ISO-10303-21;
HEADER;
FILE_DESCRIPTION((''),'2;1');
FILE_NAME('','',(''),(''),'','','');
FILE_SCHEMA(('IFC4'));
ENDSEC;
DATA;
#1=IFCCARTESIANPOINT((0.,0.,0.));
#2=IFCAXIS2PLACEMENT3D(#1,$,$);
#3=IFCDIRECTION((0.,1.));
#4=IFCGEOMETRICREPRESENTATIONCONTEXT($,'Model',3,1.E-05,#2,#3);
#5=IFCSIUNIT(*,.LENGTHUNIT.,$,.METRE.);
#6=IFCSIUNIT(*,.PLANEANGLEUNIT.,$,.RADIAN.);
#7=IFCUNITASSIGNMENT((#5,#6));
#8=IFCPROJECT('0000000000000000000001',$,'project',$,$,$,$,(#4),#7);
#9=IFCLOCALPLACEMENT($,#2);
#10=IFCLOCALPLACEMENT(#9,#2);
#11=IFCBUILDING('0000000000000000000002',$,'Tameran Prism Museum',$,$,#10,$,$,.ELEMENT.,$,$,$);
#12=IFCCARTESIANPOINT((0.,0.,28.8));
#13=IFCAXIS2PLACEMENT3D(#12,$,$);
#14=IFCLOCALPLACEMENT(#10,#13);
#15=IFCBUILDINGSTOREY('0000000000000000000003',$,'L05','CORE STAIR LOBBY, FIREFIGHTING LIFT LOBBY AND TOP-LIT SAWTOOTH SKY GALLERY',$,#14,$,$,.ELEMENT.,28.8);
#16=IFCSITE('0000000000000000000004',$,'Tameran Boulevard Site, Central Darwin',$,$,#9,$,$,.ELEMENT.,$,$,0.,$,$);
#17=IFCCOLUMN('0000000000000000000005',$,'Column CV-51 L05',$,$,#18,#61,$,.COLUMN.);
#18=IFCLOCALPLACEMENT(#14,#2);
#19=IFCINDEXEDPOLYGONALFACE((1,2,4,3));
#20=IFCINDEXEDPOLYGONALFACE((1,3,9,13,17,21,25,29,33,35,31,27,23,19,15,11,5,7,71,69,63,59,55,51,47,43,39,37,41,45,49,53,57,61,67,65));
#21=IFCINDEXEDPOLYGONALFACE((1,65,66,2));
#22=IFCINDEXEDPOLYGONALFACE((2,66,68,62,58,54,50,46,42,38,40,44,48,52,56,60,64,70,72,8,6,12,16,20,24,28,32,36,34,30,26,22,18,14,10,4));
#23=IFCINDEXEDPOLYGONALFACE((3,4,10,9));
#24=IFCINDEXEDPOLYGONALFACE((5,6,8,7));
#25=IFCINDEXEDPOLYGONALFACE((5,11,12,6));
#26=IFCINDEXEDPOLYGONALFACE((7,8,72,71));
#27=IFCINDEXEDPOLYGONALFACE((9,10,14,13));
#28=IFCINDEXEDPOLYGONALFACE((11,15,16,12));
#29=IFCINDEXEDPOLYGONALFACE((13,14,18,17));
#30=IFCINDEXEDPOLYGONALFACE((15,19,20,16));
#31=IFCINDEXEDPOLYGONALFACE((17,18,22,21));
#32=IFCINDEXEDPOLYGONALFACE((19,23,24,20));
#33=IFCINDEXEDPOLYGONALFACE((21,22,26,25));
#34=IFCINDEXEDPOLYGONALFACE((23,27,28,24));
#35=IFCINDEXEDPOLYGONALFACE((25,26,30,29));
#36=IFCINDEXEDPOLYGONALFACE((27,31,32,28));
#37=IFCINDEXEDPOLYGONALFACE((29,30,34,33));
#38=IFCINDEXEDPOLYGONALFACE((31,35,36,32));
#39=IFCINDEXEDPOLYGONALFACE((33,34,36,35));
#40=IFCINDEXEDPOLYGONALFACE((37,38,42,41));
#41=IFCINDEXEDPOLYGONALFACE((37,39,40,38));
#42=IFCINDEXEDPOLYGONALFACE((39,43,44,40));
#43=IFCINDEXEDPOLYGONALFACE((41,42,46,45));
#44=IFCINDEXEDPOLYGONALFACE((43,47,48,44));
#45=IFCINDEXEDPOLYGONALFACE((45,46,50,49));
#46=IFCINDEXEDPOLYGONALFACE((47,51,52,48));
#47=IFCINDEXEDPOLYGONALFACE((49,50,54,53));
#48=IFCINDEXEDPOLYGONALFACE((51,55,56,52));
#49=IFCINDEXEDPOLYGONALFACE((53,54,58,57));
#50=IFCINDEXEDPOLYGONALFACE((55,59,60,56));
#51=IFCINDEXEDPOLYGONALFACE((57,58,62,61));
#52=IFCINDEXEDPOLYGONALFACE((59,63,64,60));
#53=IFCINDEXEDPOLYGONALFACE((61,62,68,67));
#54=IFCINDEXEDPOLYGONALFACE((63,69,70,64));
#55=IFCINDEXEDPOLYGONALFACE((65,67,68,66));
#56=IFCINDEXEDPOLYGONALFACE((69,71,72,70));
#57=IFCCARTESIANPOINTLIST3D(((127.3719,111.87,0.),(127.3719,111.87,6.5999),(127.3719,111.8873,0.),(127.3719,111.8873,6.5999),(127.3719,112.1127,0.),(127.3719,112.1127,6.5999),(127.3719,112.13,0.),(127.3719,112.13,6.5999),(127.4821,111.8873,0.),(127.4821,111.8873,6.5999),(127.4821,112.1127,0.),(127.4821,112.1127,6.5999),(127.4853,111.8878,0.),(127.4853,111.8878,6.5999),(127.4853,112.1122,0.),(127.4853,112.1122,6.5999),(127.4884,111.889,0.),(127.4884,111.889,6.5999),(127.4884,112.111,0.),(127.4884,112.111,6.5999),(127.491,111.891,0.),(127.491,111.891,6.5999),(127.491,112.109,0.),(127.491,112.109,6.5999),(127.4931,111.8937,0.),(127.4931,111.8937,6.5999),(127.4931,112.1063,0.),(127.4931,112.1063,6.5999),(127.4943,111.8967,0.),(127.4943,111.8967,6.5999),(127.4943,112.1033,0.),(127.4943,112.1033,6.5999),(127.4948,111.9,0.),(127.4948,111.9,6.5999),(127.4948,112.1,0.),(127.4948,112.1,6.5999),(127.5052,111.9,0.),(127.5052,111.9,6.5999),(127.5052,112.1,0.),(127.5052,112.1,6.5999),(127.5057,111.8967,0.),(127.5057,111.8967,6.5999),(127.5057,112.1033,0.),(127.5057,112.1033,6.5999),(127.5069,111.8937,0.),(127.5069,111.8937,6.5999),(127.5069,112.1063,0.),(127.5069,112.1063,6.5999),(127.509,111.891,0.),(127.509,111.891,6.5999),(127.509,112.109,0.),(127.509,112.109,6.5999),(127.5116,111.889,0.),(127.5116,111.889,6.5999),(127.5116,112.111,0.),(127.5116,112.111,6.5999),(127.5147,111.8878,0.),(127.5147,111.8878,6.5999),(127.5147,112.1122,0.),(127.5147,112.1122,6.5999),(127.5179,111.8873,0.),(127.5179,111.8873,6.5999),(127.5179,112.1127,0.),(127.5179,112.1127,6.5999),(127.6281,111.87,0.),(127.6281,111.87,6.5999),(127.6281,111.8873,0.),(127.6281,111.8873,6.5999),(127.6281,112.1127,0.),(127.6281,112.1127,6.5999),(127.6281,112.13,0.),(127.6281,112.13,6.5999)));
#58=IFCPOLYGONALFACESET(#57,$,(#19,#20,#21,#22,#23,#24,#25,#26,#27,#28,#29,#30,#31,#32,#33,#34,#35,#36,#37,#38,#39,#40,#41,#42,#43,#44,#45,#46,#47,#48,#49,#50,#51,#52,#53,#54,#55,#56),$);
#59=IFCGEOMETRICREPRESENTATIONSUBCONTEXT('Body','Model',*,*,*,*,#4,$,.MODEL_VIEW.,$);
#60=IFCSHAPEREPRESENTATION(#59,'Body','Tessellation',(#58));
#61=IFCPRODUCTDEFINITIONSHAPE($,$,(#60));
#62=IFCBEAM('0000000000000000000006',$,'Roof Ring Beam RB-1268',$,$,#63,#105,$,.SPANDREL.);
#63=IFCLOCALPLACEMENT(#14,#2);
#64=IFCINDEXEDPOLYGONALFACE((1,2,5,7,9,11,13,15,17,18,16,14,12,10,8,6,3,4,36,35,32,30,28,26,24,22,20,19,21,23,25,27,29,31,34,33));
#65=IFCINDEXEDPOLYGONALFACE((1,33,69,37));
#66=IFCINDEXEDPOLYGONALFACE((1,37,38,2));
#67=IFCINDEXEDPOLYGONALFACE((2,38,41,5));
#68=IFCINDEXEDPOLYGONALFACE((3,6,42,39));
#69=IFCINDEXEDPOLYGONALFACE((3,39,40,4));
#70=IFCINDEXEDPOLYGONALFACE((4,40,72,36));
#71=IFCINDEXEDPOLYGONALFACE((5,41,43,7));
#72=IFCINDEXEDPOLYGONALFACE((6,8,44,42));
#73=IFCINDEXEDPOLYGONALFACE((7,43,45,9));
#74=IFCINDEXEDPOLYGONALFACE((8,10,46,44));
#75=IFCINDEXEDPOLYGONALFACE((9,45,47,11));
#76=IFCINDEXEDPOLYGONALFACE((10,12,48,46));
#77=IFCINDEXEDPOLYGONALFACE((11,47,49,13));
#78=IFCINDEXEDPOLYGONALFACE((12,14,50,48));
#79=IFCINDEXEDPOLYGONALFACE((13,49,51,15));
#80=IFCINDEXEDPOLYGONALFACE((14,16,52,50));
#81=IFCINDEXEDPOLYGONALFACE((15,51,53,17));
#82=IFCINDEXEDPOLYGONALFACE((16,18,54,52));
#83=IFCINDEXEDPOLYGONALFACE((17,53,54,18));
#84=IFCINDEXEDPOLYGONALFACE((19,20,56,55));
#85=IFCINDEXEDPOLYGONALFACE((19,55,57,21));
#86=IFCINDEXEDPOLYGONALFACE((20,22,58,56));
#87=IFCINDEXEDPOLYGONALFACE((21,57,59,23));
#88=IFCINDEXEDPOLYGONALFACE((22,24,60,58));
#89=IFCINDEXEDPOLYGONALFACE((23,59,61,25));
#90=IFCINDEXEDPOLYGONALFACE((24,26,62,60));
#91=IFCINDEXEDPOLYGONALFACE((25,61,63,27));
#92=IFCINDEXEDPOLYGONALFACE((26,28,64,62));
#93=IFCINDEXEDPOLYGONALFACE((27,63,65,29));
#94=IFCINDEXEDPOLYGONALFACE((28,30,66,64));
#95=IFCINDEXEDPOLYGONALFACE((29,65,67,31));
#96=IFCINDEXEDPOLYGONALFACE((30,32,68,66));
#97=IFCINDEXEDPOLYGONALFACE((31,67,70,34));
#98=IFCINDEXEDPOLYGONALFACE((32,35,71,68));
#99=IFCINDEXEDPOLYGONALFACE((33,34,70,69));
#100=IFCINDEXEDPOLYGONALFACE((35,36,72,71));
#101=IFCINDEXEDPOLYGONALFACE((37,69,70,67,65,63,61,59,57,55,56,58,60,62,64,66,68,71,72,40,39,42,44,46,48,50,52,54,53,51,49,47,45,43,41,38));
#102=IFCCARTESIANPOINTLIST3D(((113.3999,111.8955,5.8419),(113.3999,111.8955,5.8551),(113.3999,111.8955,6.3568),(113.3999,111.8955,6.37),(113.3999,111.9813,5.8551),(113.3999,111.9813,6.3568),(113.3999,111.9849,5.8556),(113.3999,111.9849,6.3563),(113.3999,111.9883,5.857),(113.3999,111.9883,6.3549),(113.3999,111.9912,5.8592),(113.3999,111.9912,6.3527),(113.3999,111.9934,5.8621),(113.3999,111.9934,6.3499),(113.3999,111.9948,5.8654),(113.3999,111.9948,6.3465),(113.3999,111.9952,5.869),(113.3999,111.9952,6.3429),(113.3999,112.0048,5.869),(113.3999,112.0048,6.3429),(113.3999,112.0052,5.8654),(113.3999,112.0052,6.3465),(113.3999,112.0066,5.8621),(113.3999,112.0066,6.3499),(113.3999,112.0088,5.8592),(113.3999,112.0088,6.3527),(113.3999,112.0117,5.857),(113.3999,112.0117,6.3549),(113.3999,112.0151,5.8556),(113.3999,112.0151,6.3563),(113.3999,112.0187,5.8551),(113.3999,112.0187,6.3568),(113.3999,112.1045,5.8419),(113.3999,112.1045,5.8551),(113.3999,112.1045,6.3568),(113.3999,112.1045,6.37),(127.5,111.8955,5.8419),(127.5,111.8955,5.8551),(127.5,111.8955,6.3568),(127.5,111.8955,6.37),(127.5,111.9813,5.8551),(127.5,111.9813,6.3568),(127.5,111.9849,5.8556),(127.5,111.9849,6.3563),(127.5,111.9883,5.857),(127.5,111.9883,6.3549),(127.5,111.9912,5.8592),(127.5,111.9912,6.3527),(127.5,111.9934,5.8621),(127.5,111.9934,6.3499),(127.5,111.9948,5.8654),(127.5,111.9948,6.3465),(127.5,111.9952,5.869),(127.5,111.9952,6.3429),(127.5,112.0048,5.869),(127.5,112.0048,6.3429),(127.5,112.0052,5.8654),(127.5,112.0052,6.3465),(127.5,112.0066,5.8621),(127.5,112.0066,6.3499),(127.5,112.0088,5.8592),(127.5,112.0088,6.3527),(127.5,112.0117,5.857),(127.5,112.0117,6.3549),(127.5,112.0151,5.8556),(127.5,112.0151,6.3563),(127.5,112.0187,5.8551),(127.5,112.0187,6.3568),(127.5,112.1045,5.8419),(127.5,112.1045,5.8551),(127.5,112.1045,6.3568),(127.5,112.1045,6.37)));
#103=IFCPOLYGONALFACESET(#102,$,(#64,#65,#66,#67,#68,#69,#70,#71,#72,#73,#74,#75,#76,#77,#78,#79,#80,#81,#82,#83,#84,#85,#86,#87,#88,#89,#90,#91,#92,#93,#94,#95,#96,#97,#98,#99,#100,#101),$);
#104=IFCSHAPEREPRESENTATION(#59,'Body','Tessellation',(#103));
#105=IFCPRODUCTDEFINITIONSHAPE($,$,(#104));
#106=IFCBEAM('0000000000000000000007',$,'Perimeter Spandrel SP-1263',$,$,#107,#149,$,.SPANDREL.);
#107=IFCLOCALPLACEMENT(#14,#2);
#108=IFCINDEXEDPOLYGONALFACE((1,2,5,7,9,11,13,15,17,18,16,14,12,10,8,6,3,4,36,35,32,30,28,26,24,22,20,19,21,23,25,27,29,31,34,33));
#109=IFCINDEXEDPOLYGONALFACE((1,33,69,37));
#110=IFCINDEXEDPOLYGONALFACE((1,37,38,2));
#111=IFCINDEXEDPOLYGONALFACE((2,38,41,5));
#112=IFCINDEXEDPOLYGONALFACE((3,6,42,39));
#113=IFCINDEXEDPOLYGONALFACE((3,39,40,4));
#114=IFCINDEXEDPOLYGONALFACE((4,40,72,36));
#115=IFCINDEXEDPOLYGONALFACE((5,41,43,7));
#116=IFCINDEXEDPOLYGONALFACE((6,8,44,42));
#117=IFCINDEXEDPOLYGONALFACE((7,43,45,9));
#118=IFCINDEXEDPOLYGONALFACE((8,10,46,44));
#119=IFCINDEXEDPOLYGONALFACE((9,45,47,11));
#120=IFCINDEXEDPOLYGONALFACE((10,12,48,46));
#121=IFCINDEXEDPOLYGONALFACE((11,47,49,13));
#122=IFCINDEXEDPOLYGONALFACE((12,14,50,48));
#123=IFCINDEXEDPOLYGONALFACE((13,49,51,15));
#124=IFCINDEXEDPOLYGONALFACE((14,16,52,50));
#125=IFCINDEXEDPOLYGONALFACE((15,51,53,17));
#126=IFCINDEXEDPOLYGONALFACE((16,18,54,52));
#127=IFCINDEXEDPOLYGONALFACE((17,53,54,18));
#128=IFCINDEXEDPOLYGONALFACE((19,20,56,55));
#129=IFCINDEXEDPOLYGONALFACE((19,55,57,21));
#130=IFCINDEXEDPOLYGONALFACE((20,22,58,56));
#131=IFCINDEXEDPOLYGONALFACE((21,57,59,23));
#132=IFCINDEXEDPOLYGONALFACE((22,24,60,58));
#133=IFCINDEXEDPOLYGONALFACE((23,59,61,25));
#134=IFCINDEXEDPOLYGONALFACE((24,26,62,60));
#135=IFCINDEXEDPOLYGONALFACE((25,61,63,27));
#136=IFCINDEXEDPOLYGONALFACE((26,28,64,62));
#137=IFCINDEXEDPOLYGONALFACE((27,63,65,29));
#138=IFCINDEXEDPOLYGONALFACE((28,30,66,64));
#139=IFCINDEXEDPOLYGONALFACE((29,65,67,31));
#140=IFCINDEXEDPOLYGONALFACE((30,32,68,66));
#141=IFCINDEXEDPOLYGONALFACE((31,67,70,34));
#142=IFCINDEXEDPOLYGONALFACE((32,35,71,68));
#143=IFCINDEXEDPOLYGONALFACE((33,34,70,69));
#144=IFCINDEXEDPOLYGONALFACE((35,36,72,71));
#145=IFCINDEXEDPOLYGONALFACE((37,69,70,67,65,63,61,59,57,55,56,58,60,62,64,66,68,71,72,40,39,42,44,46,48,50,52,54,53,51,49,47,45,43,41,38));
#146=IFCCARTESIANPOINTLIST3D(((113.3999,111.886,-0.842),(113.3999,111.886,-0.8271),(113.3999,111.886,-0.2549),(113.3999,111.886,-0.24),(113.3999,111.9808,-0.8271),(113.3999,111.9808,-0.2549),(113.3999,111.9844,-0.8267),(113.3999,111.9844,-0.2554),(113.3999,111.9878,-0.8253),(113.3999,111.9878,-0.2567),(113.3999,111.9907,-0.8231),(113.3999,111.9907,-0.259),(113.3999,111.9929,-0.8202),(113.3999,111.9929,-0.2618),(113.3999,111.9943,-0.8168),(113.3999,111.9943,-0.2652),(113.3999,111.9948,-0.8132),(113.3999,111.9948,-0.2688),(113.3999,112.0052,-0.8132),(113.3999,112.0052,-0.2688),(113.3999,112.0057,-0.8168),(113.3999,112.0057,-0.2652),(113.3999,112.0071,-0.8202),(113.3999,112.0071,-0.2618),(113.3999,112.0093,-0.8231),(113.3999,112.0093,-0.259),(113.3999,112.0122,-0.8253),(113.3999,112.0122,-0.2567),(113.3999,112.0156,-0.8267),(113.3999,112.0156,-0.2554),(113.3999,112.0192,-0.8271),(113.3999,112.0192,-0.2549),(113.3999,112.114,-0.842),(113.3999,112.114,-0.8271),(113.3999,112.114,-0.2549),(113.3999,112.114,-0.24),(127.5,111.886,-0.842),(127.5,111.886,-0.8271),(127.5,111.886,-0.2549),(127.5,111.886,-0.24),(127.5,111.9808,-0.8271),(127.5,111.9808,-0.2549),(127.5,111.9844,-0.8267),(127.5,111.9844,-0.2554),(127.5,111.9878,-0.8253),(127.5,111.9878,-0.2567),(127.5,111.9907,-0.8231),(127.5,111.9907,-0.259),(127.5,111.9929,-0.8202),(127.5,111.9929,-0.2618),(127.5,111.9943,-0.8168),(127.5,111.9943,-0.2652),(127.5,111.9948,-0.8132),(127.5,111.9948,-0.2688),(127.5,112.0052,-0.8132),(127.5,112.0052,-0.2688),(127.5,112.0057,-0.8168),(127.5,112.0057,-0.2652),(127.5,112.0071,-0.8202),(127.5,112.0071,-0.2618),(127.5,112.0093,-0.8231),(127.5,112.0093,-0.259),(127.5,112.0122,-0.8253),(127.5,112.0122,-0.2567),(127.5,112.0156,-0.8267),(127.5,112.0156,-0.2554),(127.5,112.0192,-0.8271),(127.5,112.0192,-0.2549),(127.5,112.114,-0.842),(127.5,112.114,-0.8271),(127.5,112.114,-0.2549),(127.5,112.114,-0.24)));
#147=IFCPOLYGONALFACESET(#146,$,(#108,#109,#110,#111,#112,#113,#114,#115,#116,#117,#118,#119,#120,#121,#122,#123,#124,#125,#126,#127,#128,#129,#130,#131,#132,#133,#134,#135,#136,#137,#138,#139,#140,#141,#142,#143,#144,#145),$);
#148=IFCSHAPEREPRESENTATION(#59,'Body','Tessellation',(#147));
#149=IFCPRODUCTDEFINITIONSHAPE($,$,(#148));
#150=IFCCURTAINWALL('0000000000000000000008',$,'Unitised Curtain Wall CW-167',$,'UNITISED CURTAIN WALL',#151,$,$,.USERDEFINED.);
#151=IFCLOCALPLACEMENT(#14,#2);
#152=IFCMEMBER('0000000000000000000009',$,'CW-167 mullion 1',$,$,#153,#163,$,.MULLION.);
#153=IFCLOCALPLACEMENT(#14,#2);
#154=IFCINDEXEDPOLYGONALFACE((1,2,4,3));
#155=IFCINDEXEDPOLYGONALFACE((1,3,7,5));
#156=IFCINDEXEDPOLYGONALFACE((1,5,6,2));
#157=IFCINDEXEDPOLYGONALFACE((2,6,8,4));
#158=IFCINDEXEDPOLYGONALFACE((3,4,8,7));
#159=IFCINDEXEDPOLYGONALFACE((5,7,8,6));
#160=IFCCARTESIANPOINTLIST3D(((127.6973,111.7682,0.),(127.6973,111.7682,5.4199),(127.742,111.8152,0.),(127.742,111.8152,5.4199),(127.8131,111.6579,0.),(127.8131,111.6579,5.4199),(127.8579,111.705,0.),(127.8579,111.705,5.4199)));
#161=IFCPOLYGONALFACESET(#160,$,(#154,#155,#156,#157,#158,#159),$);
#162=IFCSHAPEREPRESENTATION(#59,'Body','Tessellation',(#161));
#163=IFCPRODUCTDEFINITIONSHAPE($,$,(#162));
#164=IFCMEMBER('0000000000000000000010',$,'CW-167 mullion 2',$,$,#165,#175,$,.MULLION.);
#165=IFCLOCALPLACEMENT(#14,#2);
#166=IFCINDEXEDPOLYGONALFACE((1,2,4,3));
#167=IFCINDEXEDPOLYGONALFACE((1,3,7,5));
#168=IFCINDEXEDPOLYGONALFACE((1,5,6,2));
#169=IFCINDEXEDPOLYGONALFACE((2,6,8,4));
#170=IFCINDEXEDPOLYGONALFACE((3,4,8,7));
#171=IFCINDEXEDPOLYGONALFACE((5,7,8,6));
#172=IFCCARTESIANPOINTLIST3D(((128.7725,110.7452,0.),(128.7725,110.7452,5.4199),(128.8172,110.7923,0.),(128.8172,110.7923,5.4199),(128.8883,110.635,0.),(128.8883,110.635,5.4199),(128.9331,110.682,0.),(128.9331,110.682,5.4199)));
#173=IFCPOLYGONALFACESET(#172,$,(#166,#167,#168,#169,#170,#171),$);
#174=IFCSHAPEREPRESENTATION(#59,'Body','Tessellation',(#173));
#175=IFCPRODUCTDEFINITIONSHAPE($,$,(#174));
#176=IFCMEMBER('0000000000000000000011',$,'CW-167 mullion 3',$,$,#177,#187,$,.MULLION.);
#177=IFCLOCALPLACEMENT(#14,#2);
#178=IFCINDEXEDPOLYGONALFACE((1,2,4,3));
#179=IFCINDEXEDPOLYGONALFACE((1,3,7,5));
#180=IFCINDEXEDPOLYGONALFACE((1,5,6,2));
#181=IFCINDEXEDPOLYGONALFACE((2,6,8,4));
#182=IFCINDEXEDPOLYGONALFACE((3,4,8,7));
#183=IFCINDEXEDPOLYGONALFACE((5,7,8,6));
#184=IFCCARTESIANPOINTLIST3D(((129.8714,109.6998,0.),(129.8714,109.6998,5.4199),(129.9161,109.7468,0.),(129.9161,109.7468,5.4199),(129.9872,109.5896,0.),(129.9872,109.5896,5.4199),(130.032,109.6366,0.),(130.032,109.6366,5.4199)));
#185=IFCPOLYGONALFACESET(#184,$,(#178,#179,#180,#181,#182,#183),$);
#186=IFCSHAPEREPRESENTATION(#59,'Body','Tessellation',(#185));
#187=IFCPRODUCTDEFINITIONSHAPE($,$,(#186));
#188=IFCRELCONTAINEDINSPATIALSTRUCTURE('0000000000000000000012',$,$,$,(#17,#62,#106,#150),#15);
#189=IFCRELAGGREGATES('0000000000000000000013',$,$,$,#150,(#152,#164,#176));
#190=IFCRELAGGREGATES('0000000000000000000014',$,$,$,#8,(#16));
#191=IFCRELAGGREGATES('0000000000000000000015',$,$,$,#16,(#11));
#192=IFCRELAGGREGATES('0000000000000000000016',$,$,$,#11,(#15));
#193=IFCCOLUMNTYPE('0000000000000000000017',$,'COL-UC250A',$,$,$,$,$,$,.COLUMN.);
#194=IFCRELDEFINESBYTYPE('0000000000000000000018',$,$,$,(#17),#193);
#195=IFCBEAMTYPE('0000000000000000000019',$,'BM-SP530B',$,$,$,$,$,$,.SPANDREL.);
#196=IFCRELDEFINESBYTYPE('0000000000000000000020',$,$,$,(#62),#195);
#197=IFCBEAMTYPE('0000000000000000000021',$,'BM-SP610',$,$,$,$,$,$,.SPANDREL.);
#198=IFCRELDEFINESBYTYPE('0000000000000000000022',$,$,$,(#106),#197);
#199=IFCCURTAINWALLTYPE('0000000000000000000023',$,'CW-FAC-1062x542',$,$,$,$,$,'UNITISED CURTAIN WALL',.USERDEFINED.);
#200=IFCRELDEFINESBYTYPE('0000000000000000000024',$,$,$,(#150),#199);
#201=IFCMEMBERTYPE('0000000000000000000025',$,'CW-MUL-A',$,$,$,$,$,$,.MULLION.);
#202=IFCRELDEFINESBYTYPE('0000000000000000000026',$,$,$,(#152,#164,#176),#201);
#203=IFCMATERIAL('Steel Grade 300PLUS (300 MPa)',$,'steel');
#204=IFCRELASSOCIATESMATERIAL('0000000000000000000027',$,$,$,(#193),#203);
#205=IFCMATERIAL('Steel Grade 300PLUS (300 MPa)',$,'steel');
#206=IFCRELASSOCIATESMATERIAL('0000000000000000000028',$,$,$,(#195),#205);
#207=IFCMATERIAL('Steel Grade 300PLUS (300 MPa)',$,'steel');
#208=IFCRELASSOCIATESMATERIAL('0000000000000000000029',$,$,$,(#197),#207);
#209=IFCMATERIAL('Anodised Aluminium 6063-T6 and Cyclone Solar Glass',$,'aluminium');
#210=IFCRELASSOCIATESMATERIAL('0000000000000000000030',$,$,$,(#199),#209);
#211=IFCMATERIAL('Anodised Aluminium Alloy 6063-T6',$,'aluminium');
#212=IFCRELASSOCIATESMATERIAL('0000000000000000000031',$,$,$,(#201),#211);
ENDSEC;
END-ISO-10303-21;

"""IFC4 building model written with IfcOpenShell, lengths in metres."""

from ifc_helpers import new_model, si_unit, direction, frame, origin, origin_2d, place, context, subcontext, project, spatial, rectangle, i_section, extrude, material, material_profile, profile_set, type_object, element, aggregate, save


model = new_model("IFC4")

# Units and contexts
model_context = context("Model", 3, precision=1e-05, world=origin(), true_north=direction((0.0, 1.0)))
body_context = subcontext(model_context, "Body", "Model", "MODEL_VIEW")
ifc_project = project(units=[si_unit("LENGTHUNIT", "METRE"), si_unit("PLANEANGLEUNIT", "RADIAN")], contexts=[model_context])

# Site, building, storey
site_placement = place(None, origin())
site = spatial("IfcSite", under=ifc_project, at=site_placement, Name="Tameran Boulevard Site, Central Darwin", CompositionType="ELEMENT", RefElevation=0.0)
building_placement = place(site_placement, origin())
building = spatial("IfcBuilding", under=site, at=building_placement, Name="Tameran Prism Museum", CompositionType="ELEMENT")
storey_placement = place(building_placement, frame((0.0, 0.0, 28.8)))
storey = spatial("IfcBuildingStorey", under=building, at=storey_placement, Name="L05", Description="CORE STAIR LOBBY, FIREFIGHTING LIFT LOBBY AND TOP-LIT SAWTOOTH SKY GALLERY", CompositionType="ELEMENT", Elevation=28.8)

# Column
ifc_material_1 = material(Name="Steel Grade 300PLUS (300 MPa)", Category="steel")
ifc_material_profile_1 = material_profile(ifc_material_1, i_section(OverallWidth=0.2561, OverallDepth=0.26, WebThickness=0.0105, FlangeThickness=0.0173, FilletRadius=0.0127, at=origin_2d()))
ifc_profile_set_1 = profile_set([ifc_material_profile_1])
column_type = type_object("IfcColumnType", Name="COL-UC250A", PredefinedType="COLUMN", material=ifc_profile_set_1)
column_placement = place(storey_placement, frame((127.5, 112.0, 0.0), z_axis=(0.0, 0.0, 1.0), x_axis=(1.0, 0.0, 0.0)))
element("IfcColumn", 1, at=column_placement, inside=storey, type_object=column_type, Name="Column CV-51 L05", PredefinedType="COLUMN", context=body_context, shape_type="SweptSolid", body=[
    extrude(i_section(OverallWidth=0.2561, OverallDepth=0.26, WebThickness=0.0105, FlangeThickness=0.0173, FilletRadius=0.0127, at=origin_2d()), origin(), (0.0, 0.0, 1.0), 6.5999),
])

# Beams
ifc_material_2 = material(Name="Steel Grade 300PLUS (300 MPa)", Category="steel")
ifc_material_profile_2 = material_profile(ifc_material_2, i_section(OverallWidth=0.209, OverallDepth=0.5281, WebThickness=0.0095, FlangeThickness=0.0132, FilletRadius=0.0139, at=origin_2d()))
ifc_profile_set_2 = profile_set([ifc_material_profile_2])
beam_type_1 = type_object("IfcBeamType", Name="BM-SP530B", PredefinedType="SPANDREL", material=ifc_profile_set_2)
beam_1_placement = place(storey_placement, frame((127.5, 112.0, 6.106), z_axis=(-1.0, 0.0, 0.0), x_axis=(0.0, -1.0, 0.0)))
element("IfcBeam", 2, at=beam_1_placement, inside=storey, type_object=beam_type_1, Name="Roof Ring Beam RB-1268", PredefinedType="SPANDREL", context=body_context, shape_type="SweptSolid", body=[
    extrude(i_section(OverallWidth=0.209, OverallDepth=0.5281, WebThickness=0.0095, FlangeThickness=0.0132, FilletRadius=0.0139, at=origin_2d()), origin(), (0.0, 0.0, 1.0), 14.1001),
])
ifc_material_3 = material(Name="Steel Grade 300PLUS (300 MPa)", Category="steel")
ifc_material_profile_3 = material_profile(ifc_material_3, i_section(OverallWidth=0.228, OverallDepth=0.6021, WebThickness=0.0105, FlangeThickness=0.0149, FilletRadius=0.0139, at=origin_2d()))
ifc_profile_set_3 = profile_set([ifc_material_profile_3])
beam_type_2 = type_object("IfcBeamType", Name="BM-SP610", PredefinedType="SPANDREL", material=ifc_profile_set_3)
beam_2_placement = place(storey_placement, frame((127.5, 112.0, -0.541), z_axis=(-1.0, 0.0, 0.0), x_axis=(0.0, -1.0, 0.0)))
element("IfcBeam", 3, at=beam_2_placement, inside=storey, type_object=beam_type_2, Name="Perimeter Spandrel SP-1263", PredefinedType="SPANDREL", context=body_context, shape_type="SweptSolid", body=[
    extrude(i_section(OverallWidth=0.228, OverallDepth=0.6021, WebThickness=0.0105, FlangeThickness=0.0149, FilletRadius=0.0139, at=origin_2d()), origin(), (0.0, 0.0, 1.0), 14.1001),
])

# Curtain wall, members
ifc_material_4 = material(Name="Anodised Aluminium 6063-T6 and Cyclone Solar Glass", Category="aluminium")
curtain_wall_type = type_object("IfcCurtainWallType", Name="CW-FAC-1062x542", ElementType="UNITISED CURTAIN WALL", PredefinedType="USERDEFINED", material=ifc_material_4)
curtain_wall_placement = place(storey_placement, origin())
curtain_wall = element("IfcCurtainWall", 4, at=curtain_wall_placement, inside=storey, type_object=curtain_wall_type, Name="Unitised Curtain Wall CW-167", ObjectType="UNITISED CURTAIN WALL", PredefinedType="USERDEFINED")
ifc_material_5 = material(Name="Anodised Aluminium Alloy 6063-T6", Category="aluminium")
ifc_material_profile_4 = material_profile(ifc_material_5, rectangle(XDim=0.0649, YDim=0.1599, at=origin_2d()))
ifc_profile_set_4 = profile_set([ifc_material_profile_4])
member_type_1 = type_object("IfcMemberType", Name="CW-MUL-A", PredefinedType="MULLION", material=ifc_profile_set_4)
member_1_placement = place(storey_placement, frame((127.7776, 111.7366, 0.0), z_axis=(0.0, 0.0, 1.0), x_axis=(0.689274, 0.724501, 0.0)))
member_1 = element("IfcMember", 5, at=member_1_placement, type_object=member_type_1, Name="CW-167 mullion 1", PredefinedType="MULLION", context=body_context, shape_type="SweptSolid", body=[
    extrude(rectangle(XDim=0.0649, YDim=0.1599, at=origin_2d()), origin(), (0.0, 0.0, 1.0), 5.4199),
])
member_2_placement = place(storey_placement, frame((128.8528, 110.7136, 0.0), z_axis=(0.0, 0.0, 1.0), x_axis=(0.689274, 0.724501, 0.0)))
member_2 = element("IfcMember", 6, at=member_2_placement, type_object=member_type_1, Name="CW-167 mullion 2", PredefinedType="MULLION", context=body_context, shape_type="SweptSolid", body=[
    extrude(rectangle(XDim=0.0649, YDim=0.1599, at=origin_2d()), origin(), (0.0, 0.0, 1.0), 5.4199),
])
member_3_placement = place(storey_placement, frame((129.9517, 109.6682, 0.0), z_axis=(0.0, 0.0, 1.0), x_axis=(0.689274, 0.724501, 0.0)))
member_3 = element("IfcMember", 7, at=member_3_placement, type_object=member_type_1, Name="CW-167 mullion 3", PredefinedType="MULLION", context=body_context, shape_type="SweptSolid", body=[
    extrude(rectangle(XDim=0.0649, YDim=0.1599, at=origin_2d()), origin(), (0.0, 0.0, 1.0), 5.4199),
])

aggregate(curtain_wall, [member_1, member_2, member_3])

save(model, "model.ifc")
